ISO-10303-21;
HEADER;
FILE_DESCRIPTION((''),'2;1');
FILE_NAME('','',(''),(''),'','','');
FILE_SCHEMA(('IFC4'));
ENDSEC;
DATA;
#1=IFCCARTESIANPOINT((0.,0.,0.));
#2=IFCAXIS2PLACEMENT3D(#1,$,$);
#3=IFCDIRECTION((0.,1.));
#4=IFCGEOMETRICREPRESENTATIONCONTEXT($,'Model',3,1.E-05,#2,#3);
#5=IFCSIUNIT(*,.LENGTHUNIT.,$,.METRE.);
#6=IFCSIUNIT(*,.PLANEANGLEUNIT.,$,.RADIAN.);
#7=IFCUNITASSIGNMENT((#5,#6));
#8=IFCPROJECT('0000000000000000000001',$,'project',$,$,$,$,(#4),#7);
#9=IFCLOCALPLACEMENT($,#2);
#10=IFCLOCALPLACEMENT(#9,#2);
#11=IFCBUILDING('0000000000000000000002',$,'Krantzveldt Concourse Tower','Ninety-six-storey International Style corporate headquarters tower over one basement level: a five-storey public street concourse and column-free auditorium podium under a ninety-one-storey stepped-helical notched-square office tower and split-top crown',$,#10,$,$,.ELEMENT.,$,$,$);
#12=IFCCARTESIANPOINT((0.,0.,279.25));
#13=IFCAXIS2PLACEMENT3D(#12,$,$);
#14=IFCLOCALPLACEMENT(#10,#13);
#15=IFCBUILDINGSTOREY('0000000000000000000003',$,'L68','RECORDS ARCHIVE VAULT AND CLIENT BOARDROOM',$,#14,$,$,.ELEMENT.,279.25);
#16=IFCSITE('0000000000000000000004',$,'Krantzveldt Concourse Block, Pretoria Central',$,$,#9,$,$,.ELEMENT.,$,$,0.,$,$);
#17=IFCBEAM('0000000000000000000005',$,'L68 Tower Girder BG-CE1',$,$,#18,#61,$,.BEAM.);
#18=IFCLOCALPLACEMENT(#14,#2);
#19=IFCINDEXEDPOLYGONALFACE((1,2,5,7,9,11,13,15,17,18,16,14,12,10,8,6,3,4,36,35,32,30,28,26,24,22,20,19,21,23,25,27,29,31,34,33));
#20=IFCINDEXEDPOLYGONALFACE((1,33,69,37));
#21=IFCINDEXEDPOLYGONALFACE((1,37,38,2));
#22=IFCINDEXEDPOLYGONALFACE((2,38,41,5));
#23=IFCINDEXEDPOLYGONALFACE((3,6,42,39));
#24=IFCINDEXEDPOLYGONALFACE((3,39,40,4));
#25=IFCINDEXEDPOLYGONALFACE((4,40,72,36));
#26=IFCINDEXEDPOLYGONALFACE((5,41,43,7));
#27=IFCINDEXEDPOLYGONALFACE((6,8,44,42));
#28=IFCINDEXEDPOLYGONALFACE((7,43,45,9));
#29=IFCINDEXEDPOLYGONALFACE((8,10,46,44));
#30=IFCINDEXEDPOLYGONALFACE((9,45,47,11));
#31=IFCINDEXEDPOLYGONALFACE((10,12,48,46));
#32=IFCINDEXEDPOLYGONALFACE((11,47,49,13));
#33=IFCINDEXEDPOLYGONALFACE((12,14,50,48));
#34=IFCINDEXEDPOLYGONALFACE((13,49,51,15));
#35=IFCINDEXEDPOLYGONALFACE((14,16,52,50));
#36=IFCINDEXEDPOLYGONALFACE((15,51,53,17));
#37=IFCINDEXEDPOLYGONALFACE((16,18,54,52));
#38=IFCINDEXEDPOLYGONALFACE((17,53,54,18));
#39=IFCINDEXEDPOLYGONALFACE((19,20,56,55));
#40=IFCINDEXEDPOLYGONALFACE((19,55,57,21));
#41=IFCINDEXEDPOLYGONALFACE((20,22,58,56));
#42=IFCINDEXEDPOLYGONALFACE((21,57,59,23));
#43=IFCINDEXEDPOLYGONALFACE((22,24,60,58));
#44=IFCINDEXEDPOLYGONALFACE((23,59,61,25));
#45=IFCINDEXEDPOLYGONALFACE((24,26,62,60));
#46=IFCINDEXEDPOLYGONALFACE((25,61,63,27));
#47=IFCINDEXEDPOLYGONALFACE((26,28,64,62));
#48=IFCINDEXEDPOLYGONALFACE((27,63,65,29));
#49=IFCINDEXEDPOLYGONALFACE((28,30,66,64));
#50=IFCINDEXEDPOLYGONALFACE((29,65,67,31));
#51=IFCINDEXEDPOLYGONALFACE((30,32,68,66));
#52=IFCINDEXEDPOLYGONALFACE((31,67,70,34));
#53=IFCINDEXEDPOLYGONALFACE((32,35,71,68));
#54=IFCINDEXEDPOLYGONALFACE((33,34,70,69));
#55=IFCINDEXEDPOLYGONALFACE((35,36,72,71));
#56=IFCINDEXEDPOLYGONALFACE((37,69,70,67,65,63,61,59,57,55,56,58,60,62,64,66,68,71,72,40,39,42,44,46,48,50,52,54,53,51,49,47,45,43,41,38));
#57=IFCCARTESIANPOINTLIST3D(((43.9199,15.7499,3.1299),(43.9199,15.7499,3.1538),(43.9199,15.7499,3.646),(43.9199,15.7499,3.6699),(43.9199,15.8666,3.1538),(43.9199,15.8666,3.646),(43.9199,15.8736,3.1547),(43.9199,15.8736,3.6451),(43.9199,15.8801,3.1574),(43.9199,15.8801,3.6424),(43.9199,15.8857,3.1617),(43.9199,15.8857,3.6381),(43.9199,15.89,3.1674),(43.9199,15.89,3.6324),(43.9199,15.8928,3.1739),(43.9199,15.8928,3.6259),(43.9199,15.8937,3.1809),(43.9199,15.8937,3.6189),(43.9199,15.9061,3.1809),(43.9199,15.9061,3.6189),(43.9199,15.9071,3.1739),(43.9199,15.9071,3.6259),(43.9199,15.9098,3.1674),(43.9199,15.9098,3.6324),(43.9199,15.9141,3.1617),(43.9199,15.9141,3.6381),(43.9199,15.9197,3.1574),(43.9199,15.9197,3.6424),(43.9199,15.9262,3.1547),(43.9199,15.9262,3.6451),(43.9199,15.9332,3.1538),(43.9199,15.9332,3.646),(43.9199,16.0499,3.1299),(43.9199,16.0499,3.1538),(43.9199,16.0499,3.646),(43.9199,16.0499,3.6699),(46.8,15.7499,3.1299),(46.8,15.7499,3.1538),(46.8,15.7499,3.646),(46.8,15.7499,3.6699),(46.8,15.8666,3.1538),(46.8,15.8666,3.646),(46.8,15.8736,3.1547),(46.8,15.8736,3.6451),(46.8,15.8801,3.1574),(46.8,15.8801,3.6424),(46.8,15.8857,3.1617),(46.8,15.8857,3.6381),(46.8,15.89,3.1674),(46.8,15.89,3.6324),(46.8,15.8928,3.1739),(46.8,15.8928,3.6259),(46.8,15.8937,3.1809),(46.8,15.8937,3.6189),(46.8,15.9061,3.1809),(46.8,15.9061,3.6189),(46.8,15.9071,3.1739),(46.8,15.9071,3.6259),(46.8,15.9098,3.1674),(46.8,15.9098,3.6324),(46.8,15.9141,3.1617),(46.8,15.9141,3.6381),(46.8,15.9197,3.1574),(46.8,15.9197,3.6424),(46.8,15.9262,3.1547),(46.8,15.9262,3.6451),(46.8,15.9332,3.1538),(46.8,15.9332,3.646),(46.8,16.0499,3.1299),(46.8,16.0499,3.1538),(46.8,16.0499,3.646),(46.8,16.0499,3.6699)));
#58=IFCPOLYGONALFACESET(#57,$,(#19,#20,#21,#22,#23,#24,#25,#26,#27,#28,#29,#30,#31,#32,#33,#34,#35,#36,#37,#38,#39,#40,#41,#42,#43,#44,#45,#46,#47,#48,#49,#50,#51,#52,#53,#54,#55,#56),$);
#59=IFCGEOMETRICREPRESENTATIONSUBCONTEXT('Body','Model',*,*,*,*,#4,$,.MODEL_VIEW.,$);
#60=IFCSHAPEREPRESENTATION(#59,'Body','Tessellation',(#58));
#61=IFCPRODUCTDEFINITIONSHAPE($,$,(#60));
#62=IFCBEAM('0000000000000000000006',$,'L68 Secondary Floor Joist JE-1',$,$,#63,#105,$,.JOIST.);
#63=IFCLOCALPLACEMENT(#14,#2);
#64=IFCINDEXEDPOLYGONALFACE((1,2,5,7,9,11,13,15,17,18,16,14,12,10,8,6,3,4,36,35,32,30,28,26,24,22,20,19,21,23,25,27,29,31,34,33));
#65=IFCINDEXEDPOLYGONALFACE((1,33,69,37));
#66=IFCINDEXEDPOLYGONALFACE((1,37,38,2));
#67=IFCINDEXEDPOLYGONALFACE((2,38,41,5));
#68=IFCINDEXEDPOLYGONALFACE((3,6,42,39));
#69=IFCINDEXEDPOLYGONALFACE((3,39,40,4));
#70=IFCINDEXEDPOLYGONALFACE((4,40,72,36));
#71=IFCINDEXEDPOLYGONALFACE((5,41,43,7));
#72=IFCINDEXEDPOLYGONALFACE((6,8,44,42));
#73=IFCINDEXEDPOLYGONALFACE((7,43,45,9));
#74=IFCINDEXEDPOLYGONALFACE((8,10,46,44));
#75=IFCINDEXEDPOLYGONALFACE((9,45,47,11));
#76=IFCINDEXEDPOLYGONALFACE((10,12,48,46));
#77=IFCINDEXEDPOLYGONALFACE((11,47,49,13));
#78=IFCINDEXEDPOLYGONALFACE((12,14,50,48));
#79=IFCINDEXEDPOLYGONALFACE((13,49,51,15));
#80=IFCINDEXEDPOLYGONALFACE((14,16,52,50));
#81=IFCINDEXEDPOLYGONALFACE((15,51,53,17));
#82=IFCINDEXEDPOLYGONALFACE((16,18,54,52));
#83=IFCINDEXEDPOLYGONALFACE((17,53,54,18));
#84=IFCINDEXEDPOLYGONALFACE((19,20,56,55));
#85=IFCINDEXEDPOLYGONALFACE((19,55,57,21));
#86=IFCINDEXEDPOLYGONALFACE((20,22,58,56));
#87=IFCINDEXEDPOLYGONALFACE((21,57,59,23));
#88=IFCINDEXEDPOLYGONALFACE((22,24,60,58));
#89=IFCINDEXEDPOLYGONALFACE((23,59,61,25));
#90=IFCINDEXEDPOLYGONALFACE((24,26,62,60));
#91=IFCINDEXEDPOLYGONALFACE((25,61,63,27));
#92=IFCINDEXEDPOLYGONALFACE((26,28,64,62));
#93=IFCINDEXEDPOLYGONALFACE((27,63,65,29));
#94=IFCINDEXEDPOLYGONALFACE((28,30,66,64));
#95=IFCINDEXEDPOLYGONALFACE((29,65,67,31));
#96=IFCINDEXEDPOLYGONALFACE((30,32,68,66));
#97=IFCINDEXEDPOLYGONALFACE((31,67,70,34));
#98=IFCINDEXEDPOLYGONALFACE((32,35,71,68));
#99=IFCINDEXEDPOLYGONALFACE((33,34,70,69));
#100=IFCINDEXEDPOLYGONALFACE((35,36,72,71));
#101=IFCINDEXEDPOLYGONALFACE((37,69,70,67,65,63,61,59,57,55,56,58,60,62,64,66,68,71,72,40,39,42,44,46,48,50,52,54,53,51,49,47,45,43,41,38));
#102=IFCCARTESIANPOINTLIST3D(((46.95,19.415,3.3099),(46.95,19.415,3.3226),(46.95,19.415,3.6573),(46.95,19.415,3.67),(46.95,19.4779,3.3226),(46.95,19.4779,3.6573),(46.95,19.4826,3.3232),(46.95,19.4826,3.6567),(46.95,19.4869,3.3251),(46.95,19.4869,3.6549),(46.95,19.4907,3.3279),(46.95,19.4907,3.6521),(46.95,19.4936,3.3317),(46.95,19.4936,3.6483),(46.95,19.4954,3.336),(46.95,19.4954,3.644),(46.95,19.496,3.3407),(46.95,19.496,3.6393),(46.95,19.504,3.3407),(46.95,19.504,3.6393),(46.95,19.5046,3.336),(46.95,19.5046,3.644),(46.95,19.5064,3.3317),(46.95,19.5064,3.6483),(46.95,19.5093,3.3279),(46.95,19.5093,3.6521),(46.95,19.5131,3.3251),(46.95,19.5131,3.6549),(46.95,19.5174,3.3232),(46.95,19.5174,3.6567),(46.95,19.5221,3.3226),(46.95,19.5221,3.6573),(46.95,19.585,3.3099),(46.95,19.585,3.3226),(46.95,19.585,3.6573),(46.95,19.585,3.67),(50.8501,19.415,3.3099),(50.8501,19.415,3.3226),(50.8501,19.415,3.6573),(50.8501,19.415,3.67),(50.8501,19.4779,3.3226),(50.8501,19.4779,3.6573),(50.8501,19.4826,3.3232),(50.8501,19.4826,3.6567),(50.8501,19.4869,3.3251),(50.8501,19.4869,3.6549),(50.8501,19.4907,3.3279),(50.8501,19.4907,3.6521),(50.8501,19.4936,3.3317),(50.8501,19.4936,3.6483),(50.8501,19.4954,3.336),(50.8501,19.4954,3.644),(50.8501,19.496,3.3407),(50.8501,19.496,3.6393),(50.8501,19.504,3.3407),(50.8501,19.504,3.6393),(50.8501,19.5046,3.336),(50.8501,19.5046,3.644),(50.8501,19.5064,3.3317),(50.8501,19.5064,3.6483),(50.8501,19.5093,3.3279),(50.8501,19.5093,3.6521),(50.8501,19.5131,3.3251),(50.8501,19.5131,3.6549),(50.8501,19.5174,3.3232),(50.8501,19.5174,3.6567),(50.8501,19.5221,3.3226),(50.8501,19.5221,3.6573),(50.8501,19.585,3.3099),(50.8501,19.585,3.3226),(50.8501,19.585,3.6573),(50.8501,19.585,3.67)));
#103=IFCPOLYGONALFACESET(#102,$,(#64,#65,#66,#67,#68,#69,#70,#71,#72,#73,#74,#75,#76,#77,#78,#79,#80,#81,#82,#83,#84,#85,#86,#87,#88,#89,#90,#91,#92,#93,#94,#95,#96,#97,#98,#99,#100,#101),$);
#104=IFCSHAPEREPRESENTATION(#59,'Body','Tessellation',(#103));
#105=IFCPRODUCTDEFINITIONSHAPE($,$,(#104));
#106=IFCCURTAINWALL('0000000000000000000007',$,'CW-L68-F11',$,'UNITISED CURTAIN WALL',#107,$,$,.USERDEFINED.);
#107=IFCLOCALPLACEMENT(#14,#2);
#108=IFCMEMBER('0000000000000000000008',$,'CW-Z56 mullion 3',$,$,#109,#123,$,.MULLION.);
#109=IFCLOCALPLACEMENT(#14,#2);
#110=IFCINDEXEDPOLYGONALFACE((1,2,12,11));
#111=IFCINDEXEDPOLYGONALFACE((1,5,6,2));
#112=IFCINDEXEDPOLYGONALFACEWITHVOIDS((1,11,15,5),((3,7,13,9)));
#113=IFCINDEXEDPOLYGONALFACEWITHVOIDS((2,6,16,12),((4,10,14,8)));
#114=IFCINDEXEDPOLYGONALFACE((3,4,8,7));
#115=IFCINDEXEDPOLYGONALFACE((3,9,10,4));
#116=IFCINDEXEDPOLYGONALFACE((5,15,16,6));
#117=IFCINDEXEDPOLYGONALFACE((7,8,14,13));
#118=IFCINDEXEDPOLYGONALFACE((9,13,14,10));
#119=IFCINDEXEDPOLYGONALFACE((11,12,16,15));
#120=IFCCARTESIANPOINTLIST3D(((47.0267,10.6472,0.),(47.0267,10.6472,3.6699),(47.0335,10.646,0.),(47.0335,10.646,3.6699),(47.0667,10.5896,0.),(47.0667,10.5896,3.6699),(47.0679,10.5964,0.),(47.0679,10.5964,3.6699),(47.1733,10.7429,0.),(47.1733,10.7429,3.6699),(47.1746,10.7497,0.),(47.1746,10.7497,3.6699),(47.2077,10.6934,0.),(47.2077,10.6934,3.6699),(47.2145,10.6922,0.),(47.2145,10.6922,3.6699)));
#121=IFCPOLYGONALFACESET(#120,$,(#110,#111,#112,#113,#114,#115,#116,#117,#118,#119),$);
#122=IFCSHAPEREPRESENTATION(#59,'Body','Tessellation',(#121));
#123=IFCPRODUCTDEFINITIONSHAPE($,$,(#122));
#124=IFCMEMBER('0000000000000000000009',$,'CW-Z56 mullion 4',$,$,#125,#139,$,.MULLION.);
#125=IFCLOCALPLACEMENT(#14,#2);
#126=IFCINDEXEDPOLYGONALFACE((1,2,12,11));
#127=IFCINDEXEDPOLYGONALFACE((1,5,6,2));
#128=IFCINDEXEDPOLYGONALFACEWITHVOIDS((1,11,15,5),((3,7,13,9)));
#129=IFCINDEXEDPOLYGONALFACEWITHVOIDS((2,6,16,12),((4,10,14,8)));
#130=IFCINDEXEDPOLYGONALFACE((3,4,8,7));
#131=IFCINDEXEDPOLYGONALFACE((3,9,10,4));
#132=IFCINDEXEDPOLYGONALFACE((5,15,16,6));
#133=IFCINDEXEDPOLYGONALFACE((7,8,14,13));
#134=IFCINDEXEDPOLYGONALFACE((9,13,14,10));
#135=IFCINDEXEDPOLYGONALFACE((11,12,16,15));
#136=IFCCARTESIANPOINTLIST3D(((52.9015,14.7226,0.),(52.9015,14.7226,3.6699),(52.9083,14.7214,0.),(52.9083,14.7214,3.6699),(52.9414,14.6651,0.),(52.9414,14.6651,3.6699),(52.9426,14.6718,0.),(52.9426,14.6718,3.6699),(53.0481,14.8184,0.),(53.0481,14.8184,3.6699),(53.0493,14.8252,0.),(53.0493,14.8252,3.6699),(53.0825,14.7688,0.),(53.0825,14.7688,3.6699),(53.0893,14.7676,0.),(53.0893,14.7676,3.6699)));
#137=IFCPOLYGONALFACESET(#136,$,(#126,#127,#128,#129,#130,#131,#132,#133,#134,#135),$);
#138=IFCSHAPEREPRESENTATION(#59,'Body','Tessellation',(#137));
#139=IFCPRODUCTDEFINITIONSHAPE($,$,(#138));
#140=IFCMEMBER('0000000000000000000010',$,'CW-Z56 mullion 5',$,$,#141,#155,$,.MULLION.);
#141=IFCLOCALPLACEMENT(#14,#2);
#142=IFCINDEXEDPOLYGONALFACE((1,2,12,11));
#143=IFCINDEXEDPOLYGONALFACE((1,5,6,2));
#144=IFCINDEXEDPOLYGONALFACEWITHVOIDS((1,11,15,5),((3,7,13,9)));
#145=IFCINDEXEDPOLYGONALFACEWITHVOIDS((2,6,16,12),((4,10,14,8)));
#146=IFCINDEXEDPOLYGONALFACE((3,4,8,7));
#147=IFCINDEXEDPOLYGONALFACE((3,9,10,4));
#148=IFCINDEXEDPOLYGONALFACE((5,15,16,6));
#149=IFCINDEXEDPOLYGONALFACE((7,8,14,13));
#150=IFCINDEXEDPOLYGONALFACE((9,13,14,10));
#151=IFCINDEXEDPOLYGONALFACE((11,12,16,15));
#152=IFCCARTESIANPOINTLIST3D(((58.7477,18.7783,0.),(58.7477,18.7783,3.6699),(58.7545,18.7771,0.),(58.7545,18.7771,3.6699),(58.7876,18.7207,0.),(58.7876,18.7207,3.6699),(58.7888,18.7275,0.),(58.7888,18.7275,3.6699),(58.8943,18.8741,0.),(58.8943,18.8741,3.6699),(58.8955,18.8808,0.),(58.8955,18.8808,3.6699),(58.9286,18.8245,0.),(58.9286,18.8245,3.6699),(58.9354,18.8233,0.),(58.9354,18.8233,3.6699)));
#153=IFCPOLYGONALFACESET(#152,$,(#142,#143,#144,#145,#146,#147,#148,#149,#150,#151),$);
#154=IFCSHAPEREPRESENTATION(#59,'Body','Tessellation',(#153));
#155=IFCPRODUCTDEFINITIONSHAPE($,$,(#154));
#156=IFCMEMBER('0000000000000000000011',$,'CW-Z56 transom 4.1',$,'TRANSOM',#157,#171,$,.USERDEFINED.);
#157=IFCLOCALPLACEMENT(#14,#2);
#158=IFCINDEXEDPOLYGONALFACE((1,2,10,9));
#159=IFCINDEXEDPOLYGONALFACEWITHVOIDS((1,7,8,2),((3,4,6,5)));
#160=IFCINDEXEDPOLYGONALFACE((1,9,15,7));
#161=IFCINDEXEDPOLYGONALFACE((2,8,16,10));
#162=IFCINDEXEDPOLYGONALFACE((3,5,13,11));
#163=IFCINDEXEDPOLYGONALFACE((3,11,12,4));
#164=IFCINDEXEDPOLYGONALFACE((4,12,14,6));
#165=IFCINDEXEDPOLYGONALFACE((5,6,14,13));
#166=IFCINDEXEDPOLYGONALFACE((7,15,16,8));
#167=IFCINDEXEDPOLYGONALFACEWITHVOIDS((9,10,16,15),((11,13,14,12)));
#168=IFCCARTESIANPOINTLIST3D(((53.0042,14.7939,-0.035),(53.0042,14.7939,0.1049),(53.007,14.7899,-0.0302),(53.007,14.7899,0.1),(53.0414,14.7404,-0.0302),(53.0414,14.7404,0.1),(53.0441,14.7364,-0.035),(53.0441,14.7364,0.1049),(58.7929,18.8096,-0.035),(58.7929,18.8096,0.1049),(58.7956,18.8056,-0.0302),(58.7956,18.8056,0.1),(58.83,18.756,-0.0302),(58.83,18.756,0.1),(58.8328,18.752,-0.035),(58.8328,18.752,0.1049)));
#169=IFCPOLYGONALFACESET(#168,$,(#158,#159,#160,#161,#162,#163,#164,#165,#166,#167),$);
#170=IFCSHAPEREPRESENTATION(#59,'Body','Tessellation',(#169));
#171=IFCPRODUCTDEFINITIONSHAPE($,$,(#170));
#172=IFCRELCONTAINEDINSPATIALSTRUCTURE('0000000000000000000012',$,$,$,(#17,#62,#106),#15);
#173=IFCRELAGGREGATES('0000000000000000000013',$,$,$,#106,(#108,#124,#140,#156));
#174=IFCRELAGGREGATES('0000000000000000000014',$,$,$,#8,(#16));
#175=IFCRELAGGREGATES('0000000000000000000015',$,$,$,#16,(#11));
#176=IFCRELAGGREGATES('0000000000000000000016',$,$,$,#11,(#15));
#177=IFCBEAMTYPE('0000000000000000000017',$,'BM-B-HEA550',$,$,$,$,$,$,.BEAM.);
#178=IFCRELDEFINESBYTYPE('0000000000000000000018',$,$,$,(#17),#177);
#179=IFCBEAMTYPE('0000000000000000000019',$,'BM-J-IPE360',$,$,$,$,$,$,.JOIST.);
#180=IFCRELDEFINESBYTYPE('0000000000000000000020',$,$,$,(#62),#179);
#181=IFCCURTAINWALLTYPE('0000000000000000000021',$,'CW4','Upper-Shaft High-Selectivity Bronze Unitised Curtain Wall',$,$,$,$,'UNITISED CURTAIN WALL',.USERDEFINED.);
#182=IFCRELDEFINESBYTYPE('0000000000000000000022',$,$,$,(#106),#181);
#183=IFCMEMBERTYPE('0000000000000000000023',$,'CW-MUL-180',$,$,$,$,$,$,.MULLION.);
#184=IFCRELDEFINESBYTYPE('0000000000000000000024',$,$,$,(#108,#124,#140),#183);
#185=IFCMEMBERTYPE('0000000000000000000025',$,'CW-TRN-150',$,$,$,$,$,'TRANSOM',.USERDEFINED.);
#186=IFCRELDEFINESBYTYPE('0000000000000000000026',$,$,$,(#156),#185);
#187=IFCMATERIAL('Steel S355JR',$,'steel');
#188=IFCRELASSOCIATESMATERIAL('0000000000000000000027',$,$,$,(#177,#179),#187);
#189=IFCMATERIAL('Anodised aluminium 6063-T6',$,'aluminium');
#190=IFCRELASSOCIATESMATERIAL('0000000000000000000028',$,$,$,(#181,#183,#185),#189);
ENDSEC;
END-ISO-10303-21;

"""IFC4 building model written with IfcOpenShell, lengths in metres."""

from ifc_helpers import new_model, si_unit, direction, frame, origin, origin_2d, place, context, subcontext, project, spatial, hollow_rectangle, i_section, extrude, source, transform, mapped, material, material_profile, profile_set, type_object, type_shapes, element, aggregate, save


model = new_model("IFC4")

# Units and contexts
model_context = context("Model", 3, precision=1e-05, world=origin(), true_north=direction((0.0, 1.0)))
body_context = subcontext(model_context, "Body", "Model", "MODEL_VIEW")
ifc_project = project(units=[si_unit("LENGTHUNIT", "METRE"), si_unit("PLANEANGLEUNIT", "RADIAN")], contexts=[model_context])

# Site, building, storey
site_placement = place(None, origin())
site = spatial("IfcSite", under=ifc_project, at=site_placement, Name="Krantzveldt Concourse Block, Pretoria Central", CompositionType="ELEMENT", RefElevation=0.0)
building_placement = place(site_placement, origin())
building = spatial("IfcBuilding", under=site, at=building_placement, Name="Krantzveldt Concourse Tower", Description="Ninety-six-storey International Style corporate headquarters tower over one basement level: a five-storey public street concourse and column-free auditorium podium under a ninety-one-storey stepped-helical notched-square office tower and split-top crown", CompositionType="ELEMENT")
storey_placement = place(building_placement, frame((0.0, 0.0, 279.25)))
storey = spatial("IfcBuildingStorey", under=building, at=storey_placement, Name="L68", Description="RECORDS ARCHIVE VAULT AND CLIENT BOARDROOM", CompositionType="ELEMENT", Elevation=279.25)

# Beams
ifc_material_1 = material(Name="Steel S355JR", Category="steel")
ifc_material_profile_1 = material_profile(ifc_material_1, i_section(OverallWidth=0.3, OverallDepth=0.54, WebThickness=0.0125, FlangeThickness=0.0239, FilletRadius=0.0271, at=origin_2d()), Name="Steel S355JR", Category="steel")
ifc_profile_set_1 = profile_set([ifc_material_profile_1], Name="Steel S355JR - HEA 550")
beam_type_1 = type_object("IfcBeamType", Name="BM-B-HEA550", PredefinedType="BEAM", material=ifc_profile_set_1)
shared_shape_1 = source(origin(), body_context, "Body", "SweptSolid", [
    extrude(i_section(OverallWidth=0.3, OverallDepth=0.54, WebThickness=0.0125, FlangeThickness=0.0239, FilletRadius=0.0271, at=origin_2d()), origin(), (0.0, 0.0, 1.0), 2.8801),
])
beam_1_placement = place(storey_placement, frame((43.9199, 15.8999, 3.3999), z_axis=(1.0, 0.0, 0.0), x_axis=(0.0, 1.0, 0.0)))
element("IfcBeam", 1, at=beam_1_placement, inside=storey, type_object=beam_type_1, Name="L68 Tower Girder BG-CE1", PredefinedType="BEAM", context=body_context, shape_type="MappedRepresentation", body=[
    mapped(shared_shape_1, transform((0.0, 0.0, 0.0), x_axis=(1.0, 0.0, 0.0), y_axis=(0.0, 1.0, 0.0), z_axis=(0.0, 0.0, 1.0), scale=1.0)),
])
ifc_material_profile_2 = material_profile(ifc_material_1, i_section(OverallWidth=0.1699, OverallDepth=0.3601, WebThickness=0.0081, FlangeThickness=0.0127, FilletRadius=0.0181, at=origin_2d()), Name="Steel S355JR", Category="steel")
ifc_profile_set_2 = profile_set([ifc_material_profile_2], Name="Steel S355JR - IPE 360")
beam_type_2 = type_object("IfcBeamType", Name="BM-J-IPE360", PredefinedType="JOIST", material=ifc_profile_set_2)
shared_shape_2 = source(origin(), body_context, "Body", "SweptSolid", [
    extrude(i_section(OverallWidth=0.1699, OverallDepth=0.3601, WebThickness=0.0081, FlangeThickness=0.0127, FilletRadius=0.0181, at=origin_2d()), origin(), (0.0, 0.0, 1.0), 3.9001),
])
type_shapes(beam_type_2, [shared_shape_2])
beam_2_placement = place(storey_placement, frame((46.95, 19.5, 3.49), z_axis=(1.0, 0.0, 0.0), x_axis=(0.0, 1.0, 0.0)))
element("IfcBeam", 2, at=beam_2_placement, inside=storey, type_object=beam_type_2, Name="L68 Secondary Floor Joist JE-1", PredefinedType="JOIST", context=body_context, shape_type="MappedRepresentation", body=[
    mapped(shared_shape_2, transform((0.0, 0.0, 0.0), x_axis=(1.0, 0.0, 0.0), y_axis=(0.0, 1.0, 0.0), z_axis=(0.0, 0.0, 1.0), scale=1.0)),
])

# Curtain wall, members
ifc_material_2 = material(Name="Anodised aluminium 6063-T6", Category="aluminium")
curtain_wall_type = type_object("IfcCurtainWallType", Name="CW4", Description="Upper-Shaft High-Selectivity Bronze Unitised Curtain Wall", ElementType="UNITISED CURTAIN WALL", PredefinedType="USERDEFINED", material=ifc_material_2)
curtain_wall_placement = place(storey_placement, origin())
curtain_wall = element("IfcCurtainWall", 3, at=curtain_wall_placement, inside=storey, type_object=curtain_wall_type, Name="CW-L68-F11", ObjectType="UNITISED CURTAIN WALL", PredefinedType="USERDEFINED")
ifc_material_profile_3 = material_profile(ifc_material_2, hollow_rectangle(XDim=0.0701, YDim=0.1799, WallThickness=0.0049, at=origin_2d()), Name="Anodised aluminium 6063-T6", Category="aluminium")
ifc_profile_set_3 = profile_set([ifc_material_profile_3], Name="Anodised aluminium 6063-T6 - ALU-MULL 180x70x5")
member_type_1 = type_object("IfcMemberType", Name="CW-MUL-180", PredefinedType="MULLION", material=ifc_profile_set_3)
shared_shape_3 = source(origin(), body_context, "Body", "SweptSolid", [
    extrude(hollow_rectangle(XDim=0.0701, YDim=0.1799, WallThickness=0.0049, at=origin_2d()), origin(), (0.0, 0.0, 1.0), 3.6699),
])
type_shapes(member_type_1, [shared_shape_3])
member_1_placement = place(storey_placement, frame((47.1206, 10.6697, 0.0), z_axis=(0.0, 0.0, 1.0), x_axis=(-0.569997, 0.821647, 0.0)))
member_1 = element("IfcMember", 4, at=member_1_placement, type_object=member_type_1, Name="CW-Z56 mullion 3", PredefinedType="MULLION", context=body_context, shape_type="MappedRepresentation", body=[
    mapped(shared_shape_3, transform((0.0, 0.0, 0.0), x_axis=(1.0, 0.0, 0.0), y_axis=(0.0, 1.0, 0.0), z_axis=(0.0, 0.0, 1.0), scale=1.0)),
])
member_2_placement = place(storey_placement, frame((52.9954, 14.7451, 0.0), z_axis=(0.0, 0.0, 1.0), x_axis=(-0.569997, 0.821647, 0.0)))
member_2 = element("IfcMember", 5, at=member_2_placement, type_object=member_type_1, Name="CW-Z56 mullion 4", PredefinedType="MULLION", context=body_context, shape_type="MappedRepresentation", body=[
    mapped(shared_shape_3, transform((0.0, 0.0, 0.0), x_axis=(1.0, 0.0, 0.0), y_axis=(0.0, 1.0, 0.0), z_axis=(0.0, 0.0, 1.0), scale=1.0)),
])
member_3_placement = place(storey_placement, frame((58.8416, 18.8008, 0.0), z_axis=(0.0, 0.0, 1.0), x_axis=(-0.569997, 0.821647, 0.0)))
member_3 = element("IfcMember", 6, at=member_3_placement, type_object=member_type_1, Name="CW-Z56 mullion 5", PredefinedType="MULLION", context=body_context, shape_type="MappedRepresentation", body=[
    mapped(shared_shape_3, transform((0.0, 0.0, 0.0), x_axis=(1.0, 0.0, 0.0), y_axis=(0.0, 1.0, 0.0), z_axis=(0.0, 0.0, 1.0), scale=1.0)),
])
ifc_material_profile_4 = material_profile(ifc_material_2, hollow_rectangle(XDim=0.0701, YDim=0.1399, WallThickness=0.0049, at=origin_2d()), Name="Anodised aluminium 6063-T6", Category="aluminium")
ifc_profile_set_4 = profile_set([ifc_material_profile_4], Name="Anodised aluminium 6063-T6 - ALU-TRAN 140x70x5")
member_type_2 = type_object("IfcMemberType", Name="CW-TRN-150", ElementType="TRANSOM", PredefinedType="USERDEFINED", material=ifc_profile_set_4)
shared_shape_4 = source(origin(), body_context, "Body", "SweptSolid", [
    extrude(hollow_rectangle(XDim=0.0701, YDim=0.1399, WallThickness=0.0049, at=origin_2d()), origin(), (0.0, 0.0, 1.0), 7.0452),
])
member_4_placement = place(storey_placement, frame((53.0242, 14.7651, 0.0349), z_axis=(0.82165, 0.569992, 0.0), x_axis=(-0.569992, 0.82165, 0.0)))
member_4 = element("IfcMember", 7, at=member_4_placement, type_object=member_type_2, Name="CW-Z56 transom 4.1", ObjectType="TRANSOM", PredefinedType="USERDEFINED", context=body_context, shape_type="MappedRepresentation", body=[
    mapped(shared_shape_4, transform((0.0, 0.0, 0.0), x_axis=(1.0, 0.0, 0.0), y_axis=(0.0, 1.0, 0.0), z_axis=(0.0, 0.0, 1.0), scale=1.0)),
])
aggregate(curtain_wall, [member_1, member_2, member_3, member_4])

save(model, "model.ifc")
